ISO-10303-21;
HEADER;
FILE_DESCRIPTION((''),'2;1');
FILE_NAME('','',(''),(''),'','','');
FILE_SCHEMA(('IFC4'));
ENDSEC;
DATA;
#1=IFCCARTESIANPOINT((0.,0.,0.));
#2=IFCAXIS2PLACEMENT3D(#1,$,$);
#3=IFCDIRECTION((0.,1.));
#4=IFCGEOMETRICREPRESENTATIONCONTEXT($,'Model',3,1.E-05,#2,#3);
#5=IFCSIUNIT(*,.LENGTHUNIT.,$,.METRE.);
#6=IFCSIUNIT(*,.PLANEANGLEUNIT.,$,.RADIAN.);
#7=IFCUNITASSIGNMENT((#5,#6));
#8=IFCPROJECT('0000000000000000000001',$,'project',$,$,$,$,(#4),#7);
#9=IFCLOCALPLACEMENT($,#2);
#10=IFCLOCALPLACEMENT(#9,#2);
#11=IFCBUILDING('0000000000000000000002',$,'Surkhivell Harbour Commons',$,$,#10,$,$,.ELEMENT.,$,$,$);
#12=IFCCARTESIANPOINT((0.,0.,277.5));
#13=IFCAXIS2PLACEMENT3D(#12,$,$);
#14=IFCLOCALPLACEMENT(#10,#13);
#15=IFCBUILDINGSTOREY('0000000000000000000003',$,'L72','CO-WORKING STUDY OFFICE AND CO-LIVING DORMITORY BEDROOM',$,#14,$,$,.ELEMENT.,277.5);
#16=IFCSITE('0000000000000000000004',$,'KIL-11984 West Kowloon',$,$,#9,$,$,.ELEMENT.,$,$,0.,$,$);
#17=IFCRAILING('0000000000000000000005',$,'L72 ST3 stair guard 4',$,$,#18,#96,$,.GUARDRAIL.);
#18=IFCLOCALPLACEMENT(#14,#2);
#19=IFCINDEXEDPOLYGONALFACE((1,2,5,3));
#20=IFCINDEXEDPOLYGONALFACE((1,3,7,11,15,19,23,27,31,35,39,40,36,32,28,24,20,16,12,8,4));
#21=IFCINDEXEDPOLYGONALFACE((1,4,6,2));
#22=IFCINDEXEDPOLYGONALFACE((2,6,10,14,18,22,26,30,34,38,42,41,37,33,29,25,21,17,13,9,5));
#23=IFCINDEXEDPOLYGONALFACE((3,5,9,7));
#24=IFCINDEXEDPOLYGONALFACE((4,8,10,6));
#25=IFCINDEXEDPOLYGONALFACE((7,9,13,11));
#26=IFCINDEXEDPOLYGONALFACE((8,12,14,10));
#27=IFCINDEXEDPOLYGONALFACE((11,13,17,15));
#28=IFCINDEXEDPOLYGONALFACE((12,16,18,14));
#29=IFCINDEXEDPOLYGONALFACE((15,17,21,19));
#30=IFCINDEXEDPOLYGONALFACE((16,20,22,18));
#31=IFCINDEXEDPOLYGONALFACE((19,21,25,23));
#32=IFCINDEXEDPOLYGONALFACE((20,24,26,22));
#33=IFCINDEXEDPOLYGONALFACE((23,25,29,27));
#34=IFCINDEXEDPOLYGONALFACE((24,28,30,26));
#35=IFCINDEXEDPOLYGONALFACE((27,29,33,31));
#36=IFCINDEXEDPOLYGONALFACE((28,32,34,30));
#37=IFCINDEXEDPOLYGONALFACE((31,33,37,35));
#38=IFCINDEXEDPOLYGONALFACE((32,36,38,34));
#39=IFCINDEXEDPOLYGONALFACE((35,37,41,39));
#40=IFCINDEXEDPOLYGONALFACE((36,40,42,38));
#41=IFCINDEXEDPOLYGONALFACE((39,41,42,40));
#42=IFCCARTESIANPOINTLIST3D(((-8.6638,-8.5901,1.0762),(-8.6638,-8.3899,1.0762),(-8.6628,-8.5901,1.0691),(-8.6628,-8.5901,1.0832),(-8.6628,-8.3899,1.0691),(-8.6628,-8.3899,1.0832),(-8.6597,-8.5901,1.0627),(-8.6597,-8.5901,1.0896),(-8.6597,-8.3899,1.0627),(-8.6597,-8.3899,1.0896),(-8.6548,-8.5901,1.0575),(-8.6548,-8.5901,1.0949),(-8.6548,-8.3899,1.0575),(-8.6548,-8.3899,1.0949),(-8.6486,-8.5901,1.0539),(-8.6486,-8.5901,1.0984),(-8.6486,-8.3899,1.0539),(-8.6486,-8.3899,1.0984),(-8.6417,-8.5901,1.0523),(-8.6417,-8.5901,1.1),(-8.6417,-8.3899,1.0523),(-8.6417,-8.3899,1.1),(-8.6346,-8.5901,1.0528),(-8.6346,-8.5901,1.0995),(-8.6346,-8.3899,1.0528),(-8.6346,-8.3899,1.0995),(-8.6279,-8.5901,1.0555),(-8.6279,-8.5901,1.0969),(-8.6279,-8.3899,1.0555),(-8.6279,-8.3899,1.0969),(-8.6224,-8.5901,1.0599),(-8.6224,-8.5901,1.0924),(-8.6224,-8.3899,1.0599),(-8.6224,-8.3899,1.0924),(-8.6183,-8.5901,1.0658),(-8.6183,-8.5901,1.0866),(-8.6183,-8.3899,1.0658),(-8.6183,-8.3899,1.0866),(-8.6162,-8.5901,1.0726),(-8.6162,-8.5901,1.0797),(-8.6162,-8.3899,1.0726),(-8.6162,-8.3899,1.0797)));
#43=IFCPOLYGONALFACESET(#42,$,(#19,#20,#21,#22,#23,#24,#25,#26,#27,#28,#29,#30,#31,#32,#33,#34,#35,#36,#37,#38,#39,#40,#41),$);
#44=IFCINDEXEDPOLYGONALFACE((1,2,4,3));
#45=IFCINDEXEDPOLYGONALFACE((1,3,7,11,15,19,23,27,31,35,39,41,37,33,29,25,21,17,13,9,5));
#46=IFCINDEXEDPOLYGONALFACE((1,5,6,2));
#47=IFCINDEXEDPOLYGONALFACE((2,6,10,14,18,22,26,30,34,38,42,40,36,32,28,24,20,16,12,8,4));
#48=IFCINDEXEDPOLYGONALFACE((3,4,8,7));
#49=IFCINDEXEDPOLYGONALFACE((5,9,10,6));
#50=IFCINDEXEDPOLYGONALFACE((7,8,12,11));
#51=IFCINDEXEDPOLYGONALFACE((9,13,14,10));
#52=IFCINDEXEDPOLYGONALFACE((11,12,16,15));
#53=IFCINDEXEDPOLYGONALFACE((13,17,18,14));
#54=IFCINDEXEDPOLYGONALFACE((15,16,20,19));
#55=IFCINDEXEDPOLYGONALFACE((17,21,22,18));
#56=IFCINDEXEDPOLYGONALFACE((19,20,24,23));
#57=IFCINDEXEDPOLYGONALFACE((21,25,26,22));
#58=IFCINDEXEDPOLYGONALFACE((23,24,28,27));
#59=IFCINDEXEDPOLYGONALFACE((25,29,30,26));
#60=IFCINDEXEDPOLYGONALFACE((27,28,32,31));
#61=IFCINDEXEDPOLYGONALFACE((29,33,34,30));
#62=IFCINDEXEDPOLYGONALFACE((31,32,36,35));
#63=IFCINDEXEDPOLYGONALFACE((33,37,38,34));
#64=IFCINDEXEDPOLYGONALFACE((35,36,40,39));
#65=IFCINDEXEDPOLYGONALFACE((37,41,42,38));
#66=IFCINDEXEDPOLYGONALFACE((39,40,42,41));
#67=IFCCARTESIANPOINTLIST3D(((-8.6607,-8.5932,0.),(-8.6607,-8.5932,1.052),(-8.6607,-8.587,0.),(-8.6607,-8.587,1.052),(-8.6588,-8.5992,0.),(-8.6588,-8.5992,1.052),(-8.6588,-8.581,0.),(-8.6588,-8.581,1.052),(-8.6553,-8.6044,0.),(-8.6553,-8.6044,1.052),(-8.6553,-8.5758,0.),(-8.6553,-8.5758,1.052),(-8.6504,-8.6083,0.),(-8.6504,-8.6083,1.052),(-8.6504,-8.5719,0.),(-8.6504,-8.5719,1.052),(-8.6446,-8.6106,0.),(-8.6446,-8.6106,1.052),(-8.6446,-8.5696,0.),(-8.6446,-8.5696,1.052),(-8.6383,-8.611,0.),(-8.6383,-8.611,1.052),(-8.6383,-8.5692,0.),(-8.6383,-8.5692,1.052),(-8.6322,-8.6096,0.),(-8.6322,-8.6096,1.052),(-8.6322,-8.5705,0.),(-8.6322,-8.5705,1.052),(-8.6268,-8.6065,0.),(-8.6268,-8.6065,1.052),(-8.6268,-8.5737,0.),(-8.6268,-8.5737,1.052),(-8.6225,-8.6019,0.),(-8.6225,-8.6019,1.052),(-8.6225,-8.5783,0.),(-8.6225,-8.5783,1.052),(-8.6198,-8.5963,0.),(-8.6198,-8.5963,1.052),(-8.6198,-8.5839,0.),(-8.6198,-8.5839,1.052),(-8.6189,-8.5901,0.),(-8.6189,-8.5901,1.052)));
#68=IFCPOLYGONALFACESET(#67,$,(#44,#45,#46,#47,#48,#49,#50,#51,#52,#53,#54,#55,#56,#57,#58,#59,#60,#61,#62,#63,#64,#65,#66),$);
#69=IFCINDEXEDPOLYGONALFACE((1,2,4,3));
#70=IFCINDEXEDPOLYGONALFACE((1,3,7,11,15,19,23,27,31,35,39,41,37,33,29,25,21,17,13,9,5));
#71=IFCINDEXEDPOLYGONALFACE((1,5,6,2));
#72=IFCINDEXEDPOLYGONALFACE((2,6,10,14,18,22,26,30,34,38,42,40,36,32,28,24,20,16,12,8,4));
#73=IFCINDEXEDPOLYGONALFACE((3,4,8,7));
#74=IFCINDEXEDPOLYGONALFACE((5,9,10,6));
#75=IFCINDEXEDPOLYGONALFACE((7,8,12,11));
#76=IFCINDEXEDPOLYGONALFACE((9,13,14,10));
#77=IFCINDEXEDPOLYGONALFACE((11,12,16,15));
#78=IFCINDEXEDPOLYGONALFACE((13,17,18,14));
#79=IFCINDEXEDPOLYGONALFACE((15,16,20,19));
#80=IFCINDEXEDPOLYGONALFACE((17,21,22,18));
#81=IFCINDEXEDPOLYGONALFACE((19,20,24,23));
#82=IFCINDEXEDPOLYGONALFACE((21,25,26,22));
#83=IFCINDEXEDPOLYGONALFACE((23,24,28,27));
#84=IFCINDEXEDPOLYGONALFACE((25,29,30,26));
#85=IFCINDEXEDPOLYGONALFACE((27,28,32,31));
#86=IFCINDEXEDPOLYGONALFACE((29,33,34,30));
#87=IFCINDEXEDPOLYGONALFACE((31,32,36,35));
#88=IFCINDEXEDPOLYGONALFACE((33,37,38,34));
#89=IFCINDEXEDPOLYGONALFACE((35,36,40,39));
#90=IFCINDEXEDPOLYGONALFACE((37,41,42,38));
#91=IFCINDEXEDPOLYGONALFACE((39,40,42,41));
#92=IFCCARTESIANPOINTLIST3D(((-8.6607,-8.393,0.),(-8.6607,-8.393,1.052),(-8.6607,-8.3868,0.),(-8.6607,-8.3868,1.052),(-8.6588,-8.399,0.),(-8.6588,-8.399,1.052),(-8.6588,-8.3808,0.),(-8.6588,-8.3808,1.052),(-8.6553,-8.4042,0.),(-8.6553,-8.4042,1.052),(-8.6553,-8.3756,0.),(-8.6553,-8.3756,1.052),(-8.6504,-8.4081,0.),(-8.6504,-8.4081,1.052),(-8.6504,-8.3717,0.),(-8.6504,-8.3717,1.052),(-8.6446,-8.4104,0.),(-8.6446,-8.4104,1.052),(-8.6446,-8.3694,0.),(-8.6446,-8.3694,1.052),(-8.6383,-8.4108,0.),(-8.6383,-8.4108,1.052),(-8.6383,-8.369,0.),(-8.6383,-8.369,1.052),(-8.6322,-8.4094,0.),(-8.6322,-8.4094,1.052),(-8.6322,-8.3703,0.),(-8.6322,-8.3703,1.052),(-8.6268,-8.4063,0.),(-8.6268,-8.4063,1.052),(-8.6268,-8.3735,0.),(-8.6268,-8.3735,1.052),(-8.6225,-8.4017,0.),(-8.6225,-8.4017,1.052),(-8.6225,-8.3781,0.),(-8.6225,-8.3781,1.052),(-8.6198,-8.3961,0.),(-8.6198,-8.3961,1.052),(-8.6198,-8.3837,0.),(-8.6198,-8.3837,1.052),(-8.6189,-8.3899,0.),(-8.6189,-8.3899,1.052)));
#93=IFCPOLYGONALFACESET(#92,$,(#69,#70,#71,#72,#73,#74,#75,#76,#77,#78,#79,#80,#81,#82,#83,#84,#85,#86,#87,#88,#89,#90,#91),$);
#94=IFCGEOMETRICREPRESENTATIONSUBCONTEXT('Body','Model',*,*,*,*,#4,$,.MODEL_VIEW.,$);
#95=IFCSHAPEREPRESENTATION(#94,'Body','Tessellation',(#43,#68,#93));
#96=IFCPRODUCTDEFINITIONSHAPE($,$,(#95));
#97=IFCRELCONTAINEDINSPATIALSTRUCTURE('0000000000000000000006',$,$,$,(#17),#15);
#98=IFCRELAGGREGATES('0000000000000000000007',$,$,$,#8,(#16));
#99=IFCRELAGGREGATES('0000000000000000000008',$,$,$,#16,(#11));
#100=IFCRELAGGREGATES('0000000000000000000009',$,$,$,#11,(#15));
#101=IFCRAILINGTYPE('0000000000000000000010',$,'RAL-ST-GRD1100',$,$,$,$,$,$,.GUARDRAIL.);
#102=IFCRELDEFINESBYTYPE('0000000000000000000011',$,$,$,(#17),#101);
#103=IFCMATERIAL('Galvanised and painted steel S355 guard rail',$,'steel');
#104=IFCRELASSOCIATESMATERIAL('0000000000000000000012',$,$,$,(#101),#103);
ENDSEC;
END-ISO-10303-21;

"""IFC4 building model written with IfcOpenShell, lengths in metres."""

from ifc_helpers import new_model, si_unit, direction, frame, origin, origin_2d, place, context, subcontext, project, spatial, circle, extrude, material, type_object, element, save


model = new_model("IFC4")

# Units and contexts
model_context = context("Model", 3, precision=1e-05, world=origin(), true_north=direction((0.0, 1.0)))
body_context = subcontext(model_context, "Body", "Model", "MODEL_VIEW")
ifc_project = project(units=[si_unit("LENGTHUNIT", "METRE"), si_unit("PLANEANGLEUNIT", "RADIAN")], contexts=[model_context])

# Site, building, storey
site_placement = place(None, origin())
site = spatial("IfcSite", under=ifc_project, at=site_placement, Name="KIL-11984 West Kowloon", CompositionType="ELEMENT", RefElevation=0.0)
building_placement = place(site_placement, origin())
building = spatial("IfcBuilding", under=site, at=building_placement, Name="Surkhivell Harbour Commons", CompositionType="ELEMENT")
storey_placement = place(building_placement, frame((0.0, 0.0, 277.5)))
storey = spatial("IfcBuildingStorey", under=building, at=storey_placement, Name="L72", Description="CO-WORKING STUDY OFFICE AND CO-LIVING DORMITORY BEDROOM", CompositionType="ELEMENT", Elevation=277.5)

# Railing
ifc_material_1 = material(Name="Galvanised and painted steel S355 guard rail", Category="steel")
railing_type_1 = type_object("IfcRailingType", Name="RAL-ST-GRD1100", PredefinedType="GUARDRAIL", material=ifc_material_1)
railing_1_placement = place(storey_placement, frame((-8.6399, -8.5901, 0.0)))
element("IfcRailing", 1, at=railing_1_placement, inside=storey, type_object=railing_type_1, Name="L72 ST3 stair guard 4", PredefinedType="GUARDRAIL", context=body_context, shape_type="SweptSolid", body=[
    extrude(circle(Radius=0.0239, at=origin_2d()), frame((0.0, 0.0, 1.0762), z_axis=(0.0, 1.0, 0.0), x_axis=(-1.0, 0.0, 0.0)), (0.0, 0.0, 1.0), 0.2002),
    extrude(circle(Radius=0.021, at=origin_2d()), origin(), (0.0, 0.0, 1.0), 1.052),
    extrude(circle(Radius=0.021, at=origin_2d()), frame((0.0, 0.2002, 0.0)), (0.0, 0.0, 1.0), 1.052),
])

save(model, "model.ifc")
